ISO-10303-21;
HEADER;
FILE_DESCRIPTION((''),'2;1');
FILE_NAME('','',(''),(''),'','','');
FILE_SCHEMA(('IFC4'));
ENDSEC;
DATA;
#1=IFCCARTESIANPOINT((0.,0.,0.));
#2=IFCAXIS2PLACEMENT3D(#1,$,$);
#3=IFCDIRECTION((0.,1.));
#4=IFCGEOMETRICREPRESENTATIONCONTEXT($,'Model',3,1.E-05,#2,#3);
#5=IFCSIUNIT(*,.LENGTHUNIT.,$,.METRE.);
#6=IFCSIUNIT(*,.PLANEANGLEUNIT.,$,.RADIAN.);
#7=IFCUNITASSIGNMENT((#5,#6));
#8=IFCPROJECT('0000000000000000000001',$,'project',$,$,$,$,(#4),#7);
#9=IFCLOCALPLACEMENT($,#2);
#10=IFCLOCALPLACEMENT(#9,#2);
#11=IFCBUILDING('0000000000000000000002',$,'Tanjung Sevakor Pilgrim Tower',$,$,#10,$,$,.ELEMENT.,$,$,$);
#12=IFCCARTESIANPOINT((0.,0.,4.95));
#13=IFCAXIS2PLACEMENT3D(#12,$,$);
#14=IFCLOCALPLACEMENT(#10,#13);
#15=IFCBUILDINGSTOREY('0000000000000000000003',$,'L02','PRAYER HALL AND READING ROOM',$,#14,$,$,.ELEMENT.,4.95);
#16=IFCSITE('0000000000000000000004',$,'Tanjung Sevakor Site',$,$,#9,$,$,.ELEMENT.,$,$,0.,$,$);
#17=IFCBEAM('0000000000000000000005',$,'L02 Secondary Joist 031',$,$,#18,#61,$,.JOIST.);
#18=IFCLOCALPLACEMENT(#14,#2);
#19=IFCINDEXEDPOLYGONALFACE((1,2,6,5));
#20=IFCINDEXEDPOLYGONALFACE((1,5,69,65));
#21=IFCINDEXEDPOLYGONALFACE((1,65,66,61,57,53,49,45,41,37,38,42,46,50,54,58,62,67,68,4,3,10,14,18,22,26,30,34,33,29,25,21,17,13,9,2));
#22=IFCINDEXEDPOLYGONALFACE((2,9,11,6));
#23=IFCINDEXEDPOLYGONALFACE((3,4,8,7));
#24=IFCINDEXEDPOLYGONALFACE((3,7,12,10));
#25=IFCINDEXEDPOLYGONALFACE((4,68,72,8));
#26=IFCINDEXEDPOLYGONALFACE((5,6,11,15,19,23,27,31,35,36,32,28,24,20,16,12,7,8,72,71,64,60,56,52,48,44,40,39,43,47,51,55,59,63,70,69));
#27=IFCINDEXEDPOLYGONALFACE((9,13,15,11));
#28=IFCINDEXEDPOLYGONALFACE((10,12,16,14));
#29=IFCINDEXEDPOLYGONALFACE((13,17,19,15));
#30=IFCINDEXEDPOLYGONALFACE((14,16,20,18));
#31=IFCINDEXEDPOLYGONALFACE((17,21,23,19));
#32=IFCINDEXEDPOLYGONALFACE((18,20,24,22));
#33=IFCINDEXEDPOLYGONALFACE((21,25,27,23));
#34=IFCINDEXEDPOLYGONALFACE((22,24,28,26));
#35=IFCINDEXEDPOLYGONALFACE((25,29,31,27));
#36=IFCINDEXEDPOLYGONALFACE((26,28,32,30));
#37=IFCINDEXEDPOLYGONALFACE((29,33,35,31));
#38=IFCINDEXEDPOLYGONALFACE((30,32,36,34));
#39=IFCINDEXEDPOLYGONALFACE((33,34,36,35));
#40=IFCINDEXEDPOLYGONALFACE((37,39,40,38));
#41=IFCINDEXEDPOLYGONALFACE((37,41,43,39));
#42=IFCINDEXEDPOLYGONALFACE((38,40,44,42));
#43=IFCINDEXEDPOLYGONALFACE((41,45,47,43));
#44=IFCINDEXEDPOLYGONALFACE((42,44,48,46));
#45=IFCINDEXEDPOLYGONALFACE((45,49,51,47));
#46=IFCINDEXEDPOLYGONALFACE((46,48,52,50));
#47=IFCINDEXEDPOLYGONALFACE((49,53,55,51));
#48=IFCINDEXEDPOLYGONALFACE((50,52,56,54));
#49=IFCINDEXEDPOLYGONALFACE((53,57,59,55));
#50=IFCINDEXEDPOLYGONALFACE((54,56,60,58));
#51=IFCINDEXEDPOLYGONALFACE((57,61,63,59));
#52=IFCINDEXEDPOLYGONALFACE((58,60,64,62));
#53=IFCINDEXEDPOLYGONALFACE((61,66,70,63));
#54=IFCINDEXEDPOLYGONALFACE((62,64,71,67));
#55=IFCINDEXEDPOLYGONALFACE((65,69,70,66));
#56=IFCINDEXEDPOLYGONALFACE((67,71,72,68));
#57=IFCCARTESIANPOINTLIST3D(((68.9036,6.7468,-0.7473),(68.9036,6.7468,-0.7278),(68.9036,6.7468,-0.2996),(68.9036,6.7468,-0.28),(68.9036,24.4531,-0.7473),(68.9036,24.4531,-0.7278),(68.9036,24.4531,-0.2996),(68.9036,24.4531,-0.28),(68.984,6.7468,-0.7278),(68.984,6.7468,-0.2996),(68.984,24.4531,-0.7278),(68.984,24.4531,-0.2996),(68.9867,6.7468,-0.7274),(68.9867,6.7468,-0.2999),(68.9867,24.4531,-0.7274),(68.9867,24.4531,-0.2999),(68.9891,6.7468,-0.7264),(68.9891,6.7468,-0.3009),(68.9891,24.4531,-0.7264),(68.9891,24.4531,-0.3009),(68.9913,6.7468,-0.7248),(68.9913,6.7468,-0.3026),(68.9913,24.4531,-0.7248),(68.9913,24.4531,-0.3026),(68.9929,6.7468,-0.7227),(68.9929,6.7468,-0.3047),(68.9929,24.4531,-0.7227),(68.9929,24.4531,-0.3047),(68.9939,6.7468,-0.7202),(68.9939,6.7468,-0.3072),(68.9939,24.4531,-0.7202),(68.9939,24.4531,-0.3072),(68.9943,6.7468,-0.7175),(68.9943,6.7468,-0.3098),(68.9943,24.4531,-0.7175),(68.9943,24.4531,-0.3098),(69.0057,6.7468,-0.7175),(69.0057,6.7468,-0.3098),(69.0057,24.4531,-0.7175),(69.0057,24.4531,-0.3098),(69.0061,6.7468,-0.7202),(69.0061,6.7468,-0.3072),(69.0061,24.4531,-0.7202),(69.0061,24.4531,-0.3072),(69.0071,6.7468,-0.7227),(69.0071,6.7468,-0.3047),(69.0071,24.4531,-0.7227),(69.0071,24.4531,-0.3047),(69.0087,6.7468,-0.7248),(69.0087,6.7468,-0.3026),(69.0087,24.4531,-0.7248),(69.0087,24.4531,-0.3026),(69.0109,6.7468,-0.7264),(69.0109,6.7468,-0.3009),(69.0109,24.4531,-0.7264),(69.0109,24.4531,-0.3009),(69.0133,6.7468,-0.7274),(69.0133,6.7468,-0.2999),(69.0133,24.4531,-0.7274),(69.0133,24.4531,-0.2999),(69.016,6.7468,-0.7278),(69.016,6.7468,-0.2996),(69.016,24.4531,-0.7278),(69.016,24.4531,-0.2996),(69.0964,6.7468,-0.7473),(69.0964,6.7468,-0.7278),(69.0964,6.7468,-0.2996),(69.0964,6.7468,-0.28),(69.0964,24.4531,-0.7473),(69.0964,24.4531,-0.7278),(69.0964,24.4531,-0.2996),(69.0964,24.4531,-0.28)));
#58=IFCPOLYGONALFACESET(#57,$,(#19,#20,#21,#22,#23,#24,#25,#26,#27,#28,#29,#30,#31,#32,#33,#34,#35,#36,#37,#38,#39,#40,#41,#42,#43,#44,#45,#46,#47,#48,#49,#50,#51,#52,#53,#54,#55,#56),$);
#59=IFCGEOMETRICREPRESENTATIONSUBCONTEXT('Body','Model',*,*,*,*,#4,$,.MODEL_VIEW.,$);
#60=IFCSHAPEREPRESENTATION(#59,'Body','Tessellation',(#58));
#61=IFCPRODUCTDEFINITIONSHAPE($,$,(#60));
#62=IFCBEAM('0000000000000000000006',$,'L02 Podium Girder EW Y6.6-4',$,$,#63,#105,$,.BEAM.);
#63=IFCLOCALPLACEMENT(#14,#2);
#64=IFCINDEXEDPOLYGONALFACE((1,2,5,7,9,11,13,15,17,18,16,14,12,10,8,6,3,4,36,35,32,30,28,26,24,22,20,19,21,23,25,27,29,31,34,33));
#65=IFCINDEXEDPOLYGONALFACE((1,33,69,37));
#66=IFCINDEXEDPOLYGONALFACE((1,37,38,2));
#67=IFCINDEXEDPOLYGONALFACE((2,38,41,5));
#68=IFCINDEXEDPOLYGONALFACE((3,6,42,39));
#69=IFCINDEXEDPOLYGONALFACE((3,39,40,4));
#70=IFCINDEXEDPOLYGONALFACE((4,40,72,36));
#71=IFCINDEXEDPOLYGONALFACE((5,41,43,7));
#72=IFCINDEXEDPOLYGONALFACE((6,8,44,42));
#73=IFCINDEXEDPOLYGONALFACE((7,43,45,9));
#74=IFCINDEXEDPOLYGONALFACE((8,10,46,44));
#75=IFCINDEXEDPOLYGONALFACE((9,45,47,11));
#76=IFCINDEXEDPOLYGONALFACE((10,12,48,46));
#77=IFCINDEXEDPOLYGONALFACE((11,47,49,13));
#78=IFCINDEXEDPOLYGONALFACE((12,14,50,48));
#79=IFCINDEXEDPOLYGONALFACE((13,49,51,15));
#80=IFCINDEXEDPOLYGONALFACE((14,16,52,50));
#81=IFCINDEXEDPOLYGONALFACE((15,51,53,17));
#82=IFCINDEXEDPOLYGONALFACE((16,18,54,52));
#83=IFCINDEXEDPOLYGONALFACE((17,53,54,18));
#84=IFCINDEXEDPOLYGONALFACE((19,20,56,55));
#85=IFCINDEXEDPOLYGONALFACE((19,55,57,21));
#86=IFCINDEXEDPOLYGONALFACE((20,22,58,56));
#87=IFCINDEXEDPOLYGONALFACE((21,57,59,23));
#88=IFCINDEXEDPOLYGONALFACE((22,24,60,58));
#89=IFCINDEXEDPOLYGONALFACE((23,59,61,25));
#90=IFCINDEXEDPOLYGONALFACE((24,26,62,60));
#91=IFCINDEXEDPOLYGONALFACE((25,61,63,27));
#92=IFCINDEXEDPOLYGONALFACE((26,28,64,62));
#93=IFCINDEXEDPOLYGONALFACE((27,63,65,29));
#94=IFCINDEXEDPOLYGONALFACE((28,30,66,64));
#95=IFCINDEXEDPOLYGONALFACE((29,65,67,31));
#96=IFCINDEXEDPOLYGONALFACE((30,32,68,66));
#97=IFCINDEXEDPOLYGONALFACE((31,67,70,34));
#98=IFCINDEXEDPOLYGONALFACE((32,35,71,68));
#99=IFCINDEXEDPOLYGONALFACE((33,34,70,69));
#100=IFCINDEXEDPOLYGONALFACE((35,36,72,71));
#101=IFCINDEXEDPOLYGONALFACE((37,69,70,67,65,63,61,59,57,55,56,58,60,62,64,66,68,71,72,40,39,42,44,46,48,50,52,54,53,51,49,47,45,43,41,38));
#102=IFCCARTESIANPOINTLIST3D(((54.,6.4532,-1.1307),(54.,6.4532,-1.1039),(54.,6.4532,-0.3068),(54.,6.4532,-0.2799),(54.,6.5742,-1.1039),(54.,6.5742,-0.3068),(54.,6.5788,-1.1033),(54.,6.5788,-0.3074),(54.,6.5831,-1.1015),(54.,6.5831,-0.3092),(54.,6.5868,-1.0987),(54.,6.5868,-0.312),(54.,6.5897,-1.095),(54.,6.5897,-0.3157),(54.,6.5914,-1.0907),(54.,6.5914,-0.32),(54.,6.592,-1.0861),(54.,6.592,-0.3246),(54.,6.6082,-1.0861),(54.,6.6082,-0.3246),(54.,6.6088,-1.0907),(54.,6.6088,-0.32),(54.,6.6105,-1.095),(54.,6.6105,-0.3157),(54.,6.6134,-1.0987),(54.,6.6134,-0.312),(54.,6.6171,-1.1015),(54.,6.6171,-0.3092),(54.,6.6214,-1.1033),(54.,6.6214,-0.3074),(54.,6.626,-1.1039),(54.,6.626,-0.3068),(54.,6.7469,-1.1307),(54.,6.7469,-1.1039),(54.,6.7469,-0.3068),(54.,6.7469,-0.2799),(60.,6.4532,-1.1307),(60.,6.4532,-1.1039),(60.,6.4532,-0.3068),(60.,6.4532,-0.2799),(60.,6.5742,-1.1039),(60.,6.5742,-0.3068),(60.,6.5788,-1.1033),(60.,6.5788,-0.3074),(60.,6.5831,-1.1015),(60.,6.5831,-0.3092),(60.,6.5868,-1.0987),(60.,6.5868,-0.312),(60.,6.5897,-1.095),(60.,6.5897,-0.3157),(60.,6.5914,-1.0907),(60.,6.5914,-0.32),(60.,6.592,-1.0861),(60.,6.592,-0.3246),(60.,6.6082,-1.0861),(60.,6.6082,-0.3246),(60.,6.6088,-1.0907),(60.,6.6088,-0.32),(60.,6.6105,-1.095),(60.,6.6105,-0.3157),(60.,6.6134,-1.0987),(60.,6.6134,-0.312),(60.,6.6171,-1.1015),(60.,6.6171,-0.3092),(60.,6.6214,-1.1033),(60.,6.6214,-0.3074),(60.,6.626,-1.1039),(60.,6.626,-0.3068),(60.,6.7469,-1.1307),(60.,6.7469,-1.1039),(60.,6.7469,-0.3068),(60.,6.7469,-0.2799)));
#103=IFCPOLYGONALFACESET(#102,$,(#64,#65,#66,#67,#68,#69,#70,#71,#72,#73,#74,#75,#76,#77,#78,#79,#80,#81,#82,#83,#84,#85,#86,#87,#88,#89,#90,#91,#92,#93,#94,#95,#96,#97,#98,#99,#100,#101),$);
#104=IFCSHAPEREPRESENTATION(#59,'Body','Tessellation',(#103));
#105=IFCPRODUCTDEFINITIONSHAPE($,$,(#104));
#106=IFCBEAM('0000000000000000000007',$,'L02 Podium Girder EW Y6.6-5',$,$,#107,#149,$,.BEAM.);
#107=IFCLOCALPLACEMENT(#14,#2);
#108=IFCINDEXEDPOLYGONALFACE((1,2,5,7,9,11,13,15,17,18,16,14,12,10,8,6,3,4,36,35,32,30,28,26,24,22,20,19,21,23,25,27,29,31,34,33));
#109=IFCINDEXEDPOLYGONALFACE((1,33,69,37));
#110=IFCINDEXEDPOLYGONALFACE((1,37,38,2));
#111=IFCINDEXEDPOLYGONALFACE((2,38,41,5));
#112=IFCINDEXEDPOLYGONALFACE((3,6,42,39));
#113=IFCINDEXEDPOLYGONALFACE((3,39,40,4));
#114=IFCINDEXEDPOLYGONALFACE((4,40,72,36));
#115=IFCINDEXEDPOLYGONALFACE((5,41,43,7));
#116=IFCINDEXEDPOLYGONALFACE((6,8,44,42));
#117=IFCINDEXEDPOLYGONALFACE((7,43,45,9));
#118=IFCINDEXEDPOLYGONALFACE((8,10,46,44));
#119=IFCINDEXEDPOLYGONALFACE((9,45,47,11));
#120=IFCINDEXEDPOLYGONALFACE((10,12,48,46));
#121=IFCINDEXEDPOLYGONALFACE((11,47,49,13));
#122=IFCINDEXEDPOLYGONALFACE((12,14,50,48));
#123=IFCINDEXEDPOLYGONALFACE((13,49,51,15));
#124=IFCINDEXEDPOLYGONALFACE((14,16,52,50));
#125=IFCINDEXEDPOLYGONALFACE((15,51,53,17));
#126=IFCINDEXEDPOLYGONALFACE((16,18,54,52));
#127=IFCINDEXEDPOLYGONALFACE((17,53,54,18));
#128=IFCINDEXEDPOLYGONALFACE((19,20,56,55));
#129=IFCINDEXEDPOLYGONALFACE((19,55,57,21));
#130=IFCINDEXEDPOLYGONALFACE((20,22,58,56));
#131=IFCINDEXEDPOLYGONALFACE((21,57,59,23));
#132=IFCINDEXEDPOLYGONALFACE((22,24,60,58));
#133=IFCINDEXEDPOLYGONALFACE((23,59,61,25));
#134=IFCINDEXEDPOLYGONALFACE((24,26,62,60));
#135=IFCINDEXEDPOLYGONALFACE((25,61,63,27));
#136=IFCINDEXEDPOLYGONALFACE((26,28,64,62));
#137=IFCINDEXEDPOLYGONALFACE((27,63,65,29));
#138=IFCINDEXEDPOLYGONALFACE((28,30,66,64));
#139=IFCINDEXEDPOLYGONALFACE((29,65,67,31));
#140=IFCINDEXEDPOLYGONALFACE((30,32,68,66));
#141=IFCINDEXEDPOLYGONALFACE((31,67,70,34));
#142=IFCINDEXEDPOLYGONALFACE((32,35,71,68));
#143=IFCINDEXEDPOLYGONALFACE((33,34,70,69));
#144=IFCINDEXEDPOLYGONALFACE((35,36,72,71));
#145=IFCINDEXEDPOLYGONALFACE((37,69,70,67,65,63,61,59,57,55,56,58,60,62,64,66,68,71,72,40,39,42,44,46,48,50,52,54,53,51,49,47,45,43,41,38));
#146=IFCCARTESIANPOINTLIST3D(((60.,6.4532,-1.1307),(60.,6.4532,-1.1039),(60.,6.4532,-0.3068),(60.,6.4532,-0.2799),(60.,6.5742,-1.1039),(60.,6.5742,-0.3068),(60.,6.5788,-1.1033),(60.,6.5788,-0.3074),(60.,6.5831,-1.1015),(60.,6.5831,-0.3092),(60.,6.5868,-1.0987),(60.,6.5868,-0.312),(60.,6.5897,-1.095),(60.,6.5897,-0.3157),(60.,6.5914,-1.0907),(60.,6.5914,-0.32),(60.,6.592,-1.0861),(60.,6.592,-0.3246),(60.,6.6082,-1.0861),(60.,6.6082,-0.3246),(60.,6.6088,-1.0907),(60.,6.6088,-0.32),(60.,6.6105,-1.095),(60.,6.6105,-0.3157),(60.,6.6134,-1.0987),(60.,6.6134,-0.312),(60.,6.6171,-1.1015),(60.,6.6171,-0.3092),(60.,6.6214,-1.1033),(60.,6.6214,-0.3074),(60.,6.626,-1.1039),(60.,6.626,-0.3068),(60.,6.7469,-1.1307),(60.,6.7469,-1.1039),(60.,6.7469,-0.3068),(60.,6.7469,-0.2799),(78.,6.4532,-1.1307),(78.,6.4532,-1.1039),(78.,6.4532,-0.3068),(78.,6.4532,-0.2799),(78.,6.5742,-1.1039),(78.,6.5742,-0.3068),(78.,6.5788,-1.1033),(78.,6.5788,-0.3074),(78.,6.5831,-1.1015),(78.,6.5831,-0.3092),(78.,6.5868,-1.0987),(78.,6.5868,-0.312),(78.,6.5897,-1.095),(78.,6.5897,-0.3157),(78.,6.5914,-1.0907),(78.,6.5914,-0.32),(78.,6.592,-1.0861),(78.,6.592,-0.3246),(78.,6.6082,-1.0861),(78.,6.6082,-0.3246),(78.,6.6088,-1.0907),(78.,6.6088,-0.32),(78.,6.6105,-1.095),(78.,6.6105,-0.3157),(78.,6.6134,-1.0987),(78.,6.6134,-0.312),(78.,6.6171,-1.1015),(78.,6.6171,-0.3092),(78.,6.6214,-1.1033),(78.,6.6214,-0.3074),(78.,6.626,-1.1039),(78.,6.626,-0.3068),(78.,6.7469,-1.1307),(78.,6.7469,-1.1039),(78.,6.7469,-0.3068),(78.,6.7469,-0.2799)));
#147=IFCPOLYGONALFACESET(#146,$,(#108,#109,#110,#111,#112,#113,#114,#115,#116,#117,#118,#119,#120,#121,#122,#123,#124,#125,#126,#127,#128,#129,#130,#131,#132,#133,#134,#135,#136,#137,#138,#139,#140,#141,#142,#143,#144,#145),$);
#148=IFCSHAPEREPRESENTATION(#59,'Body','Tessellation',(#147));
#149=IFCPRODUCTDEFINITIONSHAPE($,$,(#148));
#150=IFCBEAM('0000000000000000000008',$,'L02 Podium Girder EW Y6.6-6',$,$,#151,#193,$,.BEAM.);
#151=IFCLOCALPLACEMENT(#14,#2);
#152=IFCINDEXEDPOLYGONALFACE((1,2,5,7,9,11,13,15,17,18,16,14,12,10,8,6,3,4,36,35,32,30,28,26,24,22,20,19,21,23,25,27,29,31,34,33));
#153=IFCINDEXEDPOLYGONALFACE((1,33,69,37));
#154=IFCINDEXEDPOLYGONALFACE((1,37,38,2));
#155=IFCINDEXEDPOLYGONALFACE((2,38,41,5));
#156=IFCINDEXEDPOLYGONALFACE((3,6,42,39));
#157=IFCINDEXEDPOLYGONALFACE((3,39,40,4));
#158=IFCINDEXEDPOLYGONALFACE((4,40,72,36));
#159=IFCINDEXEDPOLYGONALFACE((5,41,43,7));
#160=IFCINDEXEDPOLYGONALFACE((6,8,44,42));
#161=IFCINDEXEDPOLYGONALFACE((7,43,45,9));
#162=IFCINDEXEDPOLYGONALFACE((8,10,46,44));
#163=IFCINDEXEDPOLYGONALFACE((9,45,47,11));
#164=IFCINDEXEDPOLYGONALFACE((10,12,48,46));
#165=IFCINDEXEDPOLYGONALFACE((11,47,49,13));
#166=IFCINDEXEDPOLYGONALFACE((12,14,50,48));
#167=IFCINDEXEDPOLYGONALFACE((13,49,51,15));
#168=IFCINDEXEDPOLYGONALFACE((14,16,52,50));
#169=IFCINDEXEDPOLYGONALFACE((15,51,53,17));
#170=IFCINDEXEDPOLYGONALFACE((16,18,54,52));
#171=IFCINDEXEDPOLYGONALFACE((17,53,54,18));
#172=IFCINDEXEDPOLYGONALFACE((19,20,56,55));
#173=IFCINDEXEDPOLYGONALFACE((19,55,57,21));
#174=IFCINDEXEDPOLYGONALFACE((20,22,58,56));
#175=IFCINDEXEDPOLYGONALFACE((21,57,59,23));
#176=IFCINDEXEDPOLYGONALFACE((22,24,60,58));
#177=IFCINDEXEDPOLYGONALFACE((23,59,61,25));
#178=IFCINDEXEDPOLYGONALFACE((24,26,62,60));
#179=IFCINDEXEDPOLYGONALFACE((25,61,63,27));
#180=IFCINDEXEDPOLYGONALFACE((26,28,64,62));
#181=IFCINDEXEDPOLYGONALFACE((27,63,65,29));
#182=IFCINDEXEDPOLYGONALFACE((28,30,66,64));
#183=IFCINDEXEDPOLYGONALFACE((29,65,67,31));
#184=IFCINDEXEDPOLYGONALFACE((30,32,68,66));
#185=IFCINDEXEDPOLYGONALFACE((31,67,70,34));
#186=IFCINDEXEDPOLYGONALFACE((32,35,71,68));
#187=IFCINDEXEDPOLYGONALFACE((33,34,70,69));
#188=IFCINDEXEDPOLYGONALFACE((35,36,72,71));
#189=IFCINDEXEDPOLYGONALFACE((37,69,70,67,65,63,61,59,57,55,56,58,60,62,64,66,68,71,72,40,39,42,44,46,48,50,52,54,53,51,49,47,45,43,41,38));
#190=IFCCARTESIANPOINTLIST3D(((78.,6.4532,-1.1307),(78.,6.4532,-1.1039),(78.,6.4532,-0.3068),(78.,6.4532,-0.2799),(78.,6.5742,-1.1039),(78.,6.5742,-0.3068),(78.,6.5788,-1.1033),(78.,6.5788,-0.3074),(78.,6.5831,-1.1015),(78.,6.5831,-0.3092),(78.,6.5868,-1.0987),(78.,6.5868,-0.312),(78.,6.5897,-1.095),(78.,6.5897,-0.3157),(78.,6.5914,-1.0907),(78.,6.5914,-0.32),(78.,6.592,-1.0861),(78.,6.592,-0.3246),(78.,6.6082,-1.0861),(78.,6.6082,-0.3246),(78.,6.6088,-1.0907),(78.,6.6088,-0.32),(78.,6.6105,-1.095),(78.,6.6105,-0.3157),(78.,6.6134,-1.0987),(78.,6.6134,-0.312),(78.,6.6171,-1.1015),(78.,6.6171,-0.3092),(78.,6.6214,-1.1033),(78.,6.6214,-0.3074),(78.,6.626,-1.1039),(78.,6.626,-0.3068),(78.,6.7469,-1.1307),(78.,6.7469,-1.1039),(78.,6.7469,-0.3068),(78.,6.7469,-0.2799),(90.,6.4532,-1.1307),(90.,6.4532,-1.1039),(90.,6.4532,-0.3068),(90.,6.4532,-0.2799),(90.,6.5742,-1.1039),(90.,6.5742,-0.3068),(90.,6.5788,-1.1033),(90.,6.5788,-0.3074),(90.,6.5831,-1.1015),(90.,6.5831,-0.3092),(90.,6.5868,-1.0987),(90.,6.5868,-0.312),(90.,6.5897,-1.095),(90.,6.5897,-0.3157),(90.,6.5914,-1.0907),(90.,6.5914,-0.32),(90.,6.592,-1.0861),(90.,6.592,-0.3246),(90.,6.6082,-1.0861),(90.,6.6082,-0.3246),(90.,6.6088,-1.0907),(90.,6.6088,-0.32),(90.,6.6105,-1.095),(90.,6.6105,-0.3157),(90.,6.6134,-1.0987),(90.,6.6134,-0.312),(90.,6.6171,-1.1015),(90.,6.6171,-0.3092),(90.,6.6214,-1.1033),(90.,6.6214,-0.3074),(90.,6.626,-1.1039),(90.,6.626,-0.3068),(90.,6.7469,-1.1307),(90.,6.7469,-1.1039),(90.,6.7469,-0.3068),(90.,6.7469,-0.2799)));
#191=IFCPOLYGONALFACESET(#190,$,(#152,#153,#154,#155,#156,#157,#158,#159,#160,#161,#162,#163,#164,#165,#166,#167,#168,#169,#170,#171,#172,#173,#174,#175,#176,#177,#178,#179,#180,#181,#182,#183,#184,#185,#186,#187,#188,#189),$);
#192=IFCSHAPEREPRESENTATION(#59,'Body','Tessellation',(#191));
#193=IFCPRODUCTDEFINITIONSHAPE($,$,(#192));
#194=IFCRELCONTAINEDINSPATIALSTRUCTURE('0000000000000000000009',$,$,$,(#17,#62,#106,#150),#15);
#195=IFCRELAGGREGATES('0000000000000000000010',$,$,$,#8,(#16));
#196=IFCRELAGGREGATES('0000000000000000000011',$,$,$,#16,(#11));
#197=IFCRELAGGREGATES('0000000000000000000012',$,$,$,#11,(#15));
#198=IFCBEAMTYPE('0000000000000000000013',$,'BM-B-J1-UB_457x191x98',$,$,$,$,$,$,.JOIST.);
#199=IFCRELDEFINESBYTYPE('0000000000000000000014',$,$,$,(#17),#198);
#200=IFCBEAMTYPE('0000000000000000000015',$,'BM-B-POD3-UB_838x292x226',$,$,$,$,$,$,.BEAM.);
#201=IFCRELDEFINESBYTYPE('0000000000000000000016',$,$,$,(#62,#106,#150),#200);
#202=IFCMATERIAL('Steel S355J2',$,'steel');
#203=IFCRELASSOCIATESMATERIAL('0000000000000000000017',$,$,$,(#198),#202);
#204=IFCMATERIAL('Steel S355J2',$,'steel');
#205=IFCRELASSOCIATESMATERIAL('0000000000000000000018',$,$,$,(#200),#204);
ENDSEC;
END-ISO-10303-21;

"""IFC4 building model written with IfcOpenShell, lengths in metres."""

from ifc_helpers import new_model, si_unit, direction, frame, origin, origin_2d, place, context, subcontext, project, spatial, i_section, extrude, material, material_profile, profile_set, type_object, element, save


model = new_model("IFC4")

# Units and contexts
model_context = context("Model", 3, precision=1e-05, world=origin(), true_north=direction((0.0, 1.0)))
body_context = subcontext(model_context, "Body", "Model", "MODEL_VIEW")
ifc_project = project(units=[si_unit("LENGTHUNIT", "METRE"), si_unit("PLANEANGLEUNIT", "RADIAN")], contexts=[model_context])

# Site, building, storey
site_placement = place(None, origin())
site = spatial("IfcSite", under=ifc_project, at=site_placement, Name="Tanjung Sevakor Site", CompositionType="ELEMENT", RefElevation=0.0)
building_placement = place(site_placement, origin())
building = spatial("IfcBuilding", under=site, at=building_placement, Name="Tanjung Sevakor Pilgrim Tower", CompositionType="ELEMENT")
storey_placement = place(building_placement, frame((0.0, 0.0, 4.95)))
storey = spatial("IfcBuildingStorey", under=building, at=storey_placement, Name="L02", Description="PRAYER HALL AND READING ROOM", CompositionType="ELEMENT", Elevation=4.95)

# Beams
ifc_material_1 = material(Name="Steel S355J2", Category="steel")
ifc_material_profile_1 = material_profile(ifc_material_1, i_section(OverallWidth=0.1929, OverallDepth=0.4673, WebThickness=0.0115, FlangeThickness=0.0195, FilletRadius=0.0103, at=origin_2d()))
ifc_profile_set_1 = profile_set([ifc_material_profile_1], Name="Steel S355J2")
beam_type_1 = type_object("IfcBeamType", Name="BM-B-J1-UB_457x191x98", PredefinedType="JOIST", material=ifc_profile_set_1)
for number, where, z_axis, x_axis, name in (
    (1, (69.0, 6.7468, -0.5137), (0.0, 1.0, 0.0), (-1.0, 0.0, 0.0), "L02 Secondary Joist 031"),
):
    element("IfcBeam", number, at=place(storey_placement, frame(where, z_axis=z_axis, x_axis=x_axis)), inside=storey, type_object=beam_type_1, Name=name, PredefinedType="JOIST", context=body_context, shape_type="SweptSolid", body=[
        extrude(i_section(OverallWidth=0.1929, OverallDepth=0.4673, WebThickness=0.0115, FlangeThickness=0.0195, FilletRadius=0.0103, at=origin_2d()), origin(), (0.0, 0.0, 1.0), 17.7063),
    ])
ifc_material_2 = material(Name="Steel S355J2", Category="steel")
ifc_material_profile_2 = material_profile(ifc_material_2, i_section(OverallWidth=0.2937, OverallDepth=0.8508, WebThickness=0.0161, FlangeThickness=0.0269, FilletRadius=0.0178, at=origin_2d()))
ifc_profile_set_2 = profile_set([ifc_material_profile_2], Name="Steel S355J2")
beam_type_2 = type_object("IfcBeamType", Name="BM-B-POD3-UB_838x292x226", PredefinedType="BEAM", material=ifc_profile_set_2)
beam_1_placement = place(storey_placement, frame((54.0, 6.6001, -0.7053), z_axis=(1.0, 0.0, 0.0), x_axis=(0.0, 1.0, 0.0)))
element("IfcBeam", 2, at=beam_1_placement, inside=storey, type_object=beam_type_2, Name="L02 Podium Girder EW Y6.6-4", PredefinedType="BEAM", context=body_context, shape_type="SweptSolid", body=[
    extrude(i_section(OverallWidth=0.2937, OverallDepth=0.8508, WebThickness=0.0161, FlangeThickness=0.0269, FilletRadius=0.0178, at=origin_2d()), origin(), (0.0, 0.0, 1.0), 6.0),
])
beam_2_placement = place(storey_placement, frame((60.0, 6.6001, -0.7053), z_axis=(1.0, 0.0, 0.0), x_axis=(0.0, 1.0, 0.0)))
element("IfcBeam", 3, at=beam_2_placement, inside=storey, type_object=beam_type_2, Name="L02 Podium Girder EW Y6.6-5", PredefinedType="BEAM", context=body_context, shape_type="SweptSolid", body=[
    extrude(i_section(OverallWidth=0.2937, OverallDepth=0.8508, WebThickness=0.0161, FlangeThickness=0.0269, FilletRadius=0.0178, at=origin_2d()), origin(), (0.0, 0.0, 1.0), 18.0),
])
beam_3_placement = place(storey_placement, frame((78.0, 6.6001, -0.7053), z_axis=(1.0, 0.0, 0.0), x_axis=(0.0, 1.0, 0.0)))
element("IfcBeam", 4, at=beam_3_placement, inside=storey, type_object=beam_type_2, Name="L02 Podium Girder EW Y6.6-6", PredefinedType="BEAM", context=body_context, shape_type="SweptSolid", body=[
    extrude(i_section(OverallWidth=0.2937, OverallDepth=0.8508, WebThickness=0.0161, FlangeThickness=0.0269, FilletRadius=0.0178, at=origin_2d()), origin(), (0.0, 0.0, 1.0), 12.0),
])

save(model, "model.ifc")
